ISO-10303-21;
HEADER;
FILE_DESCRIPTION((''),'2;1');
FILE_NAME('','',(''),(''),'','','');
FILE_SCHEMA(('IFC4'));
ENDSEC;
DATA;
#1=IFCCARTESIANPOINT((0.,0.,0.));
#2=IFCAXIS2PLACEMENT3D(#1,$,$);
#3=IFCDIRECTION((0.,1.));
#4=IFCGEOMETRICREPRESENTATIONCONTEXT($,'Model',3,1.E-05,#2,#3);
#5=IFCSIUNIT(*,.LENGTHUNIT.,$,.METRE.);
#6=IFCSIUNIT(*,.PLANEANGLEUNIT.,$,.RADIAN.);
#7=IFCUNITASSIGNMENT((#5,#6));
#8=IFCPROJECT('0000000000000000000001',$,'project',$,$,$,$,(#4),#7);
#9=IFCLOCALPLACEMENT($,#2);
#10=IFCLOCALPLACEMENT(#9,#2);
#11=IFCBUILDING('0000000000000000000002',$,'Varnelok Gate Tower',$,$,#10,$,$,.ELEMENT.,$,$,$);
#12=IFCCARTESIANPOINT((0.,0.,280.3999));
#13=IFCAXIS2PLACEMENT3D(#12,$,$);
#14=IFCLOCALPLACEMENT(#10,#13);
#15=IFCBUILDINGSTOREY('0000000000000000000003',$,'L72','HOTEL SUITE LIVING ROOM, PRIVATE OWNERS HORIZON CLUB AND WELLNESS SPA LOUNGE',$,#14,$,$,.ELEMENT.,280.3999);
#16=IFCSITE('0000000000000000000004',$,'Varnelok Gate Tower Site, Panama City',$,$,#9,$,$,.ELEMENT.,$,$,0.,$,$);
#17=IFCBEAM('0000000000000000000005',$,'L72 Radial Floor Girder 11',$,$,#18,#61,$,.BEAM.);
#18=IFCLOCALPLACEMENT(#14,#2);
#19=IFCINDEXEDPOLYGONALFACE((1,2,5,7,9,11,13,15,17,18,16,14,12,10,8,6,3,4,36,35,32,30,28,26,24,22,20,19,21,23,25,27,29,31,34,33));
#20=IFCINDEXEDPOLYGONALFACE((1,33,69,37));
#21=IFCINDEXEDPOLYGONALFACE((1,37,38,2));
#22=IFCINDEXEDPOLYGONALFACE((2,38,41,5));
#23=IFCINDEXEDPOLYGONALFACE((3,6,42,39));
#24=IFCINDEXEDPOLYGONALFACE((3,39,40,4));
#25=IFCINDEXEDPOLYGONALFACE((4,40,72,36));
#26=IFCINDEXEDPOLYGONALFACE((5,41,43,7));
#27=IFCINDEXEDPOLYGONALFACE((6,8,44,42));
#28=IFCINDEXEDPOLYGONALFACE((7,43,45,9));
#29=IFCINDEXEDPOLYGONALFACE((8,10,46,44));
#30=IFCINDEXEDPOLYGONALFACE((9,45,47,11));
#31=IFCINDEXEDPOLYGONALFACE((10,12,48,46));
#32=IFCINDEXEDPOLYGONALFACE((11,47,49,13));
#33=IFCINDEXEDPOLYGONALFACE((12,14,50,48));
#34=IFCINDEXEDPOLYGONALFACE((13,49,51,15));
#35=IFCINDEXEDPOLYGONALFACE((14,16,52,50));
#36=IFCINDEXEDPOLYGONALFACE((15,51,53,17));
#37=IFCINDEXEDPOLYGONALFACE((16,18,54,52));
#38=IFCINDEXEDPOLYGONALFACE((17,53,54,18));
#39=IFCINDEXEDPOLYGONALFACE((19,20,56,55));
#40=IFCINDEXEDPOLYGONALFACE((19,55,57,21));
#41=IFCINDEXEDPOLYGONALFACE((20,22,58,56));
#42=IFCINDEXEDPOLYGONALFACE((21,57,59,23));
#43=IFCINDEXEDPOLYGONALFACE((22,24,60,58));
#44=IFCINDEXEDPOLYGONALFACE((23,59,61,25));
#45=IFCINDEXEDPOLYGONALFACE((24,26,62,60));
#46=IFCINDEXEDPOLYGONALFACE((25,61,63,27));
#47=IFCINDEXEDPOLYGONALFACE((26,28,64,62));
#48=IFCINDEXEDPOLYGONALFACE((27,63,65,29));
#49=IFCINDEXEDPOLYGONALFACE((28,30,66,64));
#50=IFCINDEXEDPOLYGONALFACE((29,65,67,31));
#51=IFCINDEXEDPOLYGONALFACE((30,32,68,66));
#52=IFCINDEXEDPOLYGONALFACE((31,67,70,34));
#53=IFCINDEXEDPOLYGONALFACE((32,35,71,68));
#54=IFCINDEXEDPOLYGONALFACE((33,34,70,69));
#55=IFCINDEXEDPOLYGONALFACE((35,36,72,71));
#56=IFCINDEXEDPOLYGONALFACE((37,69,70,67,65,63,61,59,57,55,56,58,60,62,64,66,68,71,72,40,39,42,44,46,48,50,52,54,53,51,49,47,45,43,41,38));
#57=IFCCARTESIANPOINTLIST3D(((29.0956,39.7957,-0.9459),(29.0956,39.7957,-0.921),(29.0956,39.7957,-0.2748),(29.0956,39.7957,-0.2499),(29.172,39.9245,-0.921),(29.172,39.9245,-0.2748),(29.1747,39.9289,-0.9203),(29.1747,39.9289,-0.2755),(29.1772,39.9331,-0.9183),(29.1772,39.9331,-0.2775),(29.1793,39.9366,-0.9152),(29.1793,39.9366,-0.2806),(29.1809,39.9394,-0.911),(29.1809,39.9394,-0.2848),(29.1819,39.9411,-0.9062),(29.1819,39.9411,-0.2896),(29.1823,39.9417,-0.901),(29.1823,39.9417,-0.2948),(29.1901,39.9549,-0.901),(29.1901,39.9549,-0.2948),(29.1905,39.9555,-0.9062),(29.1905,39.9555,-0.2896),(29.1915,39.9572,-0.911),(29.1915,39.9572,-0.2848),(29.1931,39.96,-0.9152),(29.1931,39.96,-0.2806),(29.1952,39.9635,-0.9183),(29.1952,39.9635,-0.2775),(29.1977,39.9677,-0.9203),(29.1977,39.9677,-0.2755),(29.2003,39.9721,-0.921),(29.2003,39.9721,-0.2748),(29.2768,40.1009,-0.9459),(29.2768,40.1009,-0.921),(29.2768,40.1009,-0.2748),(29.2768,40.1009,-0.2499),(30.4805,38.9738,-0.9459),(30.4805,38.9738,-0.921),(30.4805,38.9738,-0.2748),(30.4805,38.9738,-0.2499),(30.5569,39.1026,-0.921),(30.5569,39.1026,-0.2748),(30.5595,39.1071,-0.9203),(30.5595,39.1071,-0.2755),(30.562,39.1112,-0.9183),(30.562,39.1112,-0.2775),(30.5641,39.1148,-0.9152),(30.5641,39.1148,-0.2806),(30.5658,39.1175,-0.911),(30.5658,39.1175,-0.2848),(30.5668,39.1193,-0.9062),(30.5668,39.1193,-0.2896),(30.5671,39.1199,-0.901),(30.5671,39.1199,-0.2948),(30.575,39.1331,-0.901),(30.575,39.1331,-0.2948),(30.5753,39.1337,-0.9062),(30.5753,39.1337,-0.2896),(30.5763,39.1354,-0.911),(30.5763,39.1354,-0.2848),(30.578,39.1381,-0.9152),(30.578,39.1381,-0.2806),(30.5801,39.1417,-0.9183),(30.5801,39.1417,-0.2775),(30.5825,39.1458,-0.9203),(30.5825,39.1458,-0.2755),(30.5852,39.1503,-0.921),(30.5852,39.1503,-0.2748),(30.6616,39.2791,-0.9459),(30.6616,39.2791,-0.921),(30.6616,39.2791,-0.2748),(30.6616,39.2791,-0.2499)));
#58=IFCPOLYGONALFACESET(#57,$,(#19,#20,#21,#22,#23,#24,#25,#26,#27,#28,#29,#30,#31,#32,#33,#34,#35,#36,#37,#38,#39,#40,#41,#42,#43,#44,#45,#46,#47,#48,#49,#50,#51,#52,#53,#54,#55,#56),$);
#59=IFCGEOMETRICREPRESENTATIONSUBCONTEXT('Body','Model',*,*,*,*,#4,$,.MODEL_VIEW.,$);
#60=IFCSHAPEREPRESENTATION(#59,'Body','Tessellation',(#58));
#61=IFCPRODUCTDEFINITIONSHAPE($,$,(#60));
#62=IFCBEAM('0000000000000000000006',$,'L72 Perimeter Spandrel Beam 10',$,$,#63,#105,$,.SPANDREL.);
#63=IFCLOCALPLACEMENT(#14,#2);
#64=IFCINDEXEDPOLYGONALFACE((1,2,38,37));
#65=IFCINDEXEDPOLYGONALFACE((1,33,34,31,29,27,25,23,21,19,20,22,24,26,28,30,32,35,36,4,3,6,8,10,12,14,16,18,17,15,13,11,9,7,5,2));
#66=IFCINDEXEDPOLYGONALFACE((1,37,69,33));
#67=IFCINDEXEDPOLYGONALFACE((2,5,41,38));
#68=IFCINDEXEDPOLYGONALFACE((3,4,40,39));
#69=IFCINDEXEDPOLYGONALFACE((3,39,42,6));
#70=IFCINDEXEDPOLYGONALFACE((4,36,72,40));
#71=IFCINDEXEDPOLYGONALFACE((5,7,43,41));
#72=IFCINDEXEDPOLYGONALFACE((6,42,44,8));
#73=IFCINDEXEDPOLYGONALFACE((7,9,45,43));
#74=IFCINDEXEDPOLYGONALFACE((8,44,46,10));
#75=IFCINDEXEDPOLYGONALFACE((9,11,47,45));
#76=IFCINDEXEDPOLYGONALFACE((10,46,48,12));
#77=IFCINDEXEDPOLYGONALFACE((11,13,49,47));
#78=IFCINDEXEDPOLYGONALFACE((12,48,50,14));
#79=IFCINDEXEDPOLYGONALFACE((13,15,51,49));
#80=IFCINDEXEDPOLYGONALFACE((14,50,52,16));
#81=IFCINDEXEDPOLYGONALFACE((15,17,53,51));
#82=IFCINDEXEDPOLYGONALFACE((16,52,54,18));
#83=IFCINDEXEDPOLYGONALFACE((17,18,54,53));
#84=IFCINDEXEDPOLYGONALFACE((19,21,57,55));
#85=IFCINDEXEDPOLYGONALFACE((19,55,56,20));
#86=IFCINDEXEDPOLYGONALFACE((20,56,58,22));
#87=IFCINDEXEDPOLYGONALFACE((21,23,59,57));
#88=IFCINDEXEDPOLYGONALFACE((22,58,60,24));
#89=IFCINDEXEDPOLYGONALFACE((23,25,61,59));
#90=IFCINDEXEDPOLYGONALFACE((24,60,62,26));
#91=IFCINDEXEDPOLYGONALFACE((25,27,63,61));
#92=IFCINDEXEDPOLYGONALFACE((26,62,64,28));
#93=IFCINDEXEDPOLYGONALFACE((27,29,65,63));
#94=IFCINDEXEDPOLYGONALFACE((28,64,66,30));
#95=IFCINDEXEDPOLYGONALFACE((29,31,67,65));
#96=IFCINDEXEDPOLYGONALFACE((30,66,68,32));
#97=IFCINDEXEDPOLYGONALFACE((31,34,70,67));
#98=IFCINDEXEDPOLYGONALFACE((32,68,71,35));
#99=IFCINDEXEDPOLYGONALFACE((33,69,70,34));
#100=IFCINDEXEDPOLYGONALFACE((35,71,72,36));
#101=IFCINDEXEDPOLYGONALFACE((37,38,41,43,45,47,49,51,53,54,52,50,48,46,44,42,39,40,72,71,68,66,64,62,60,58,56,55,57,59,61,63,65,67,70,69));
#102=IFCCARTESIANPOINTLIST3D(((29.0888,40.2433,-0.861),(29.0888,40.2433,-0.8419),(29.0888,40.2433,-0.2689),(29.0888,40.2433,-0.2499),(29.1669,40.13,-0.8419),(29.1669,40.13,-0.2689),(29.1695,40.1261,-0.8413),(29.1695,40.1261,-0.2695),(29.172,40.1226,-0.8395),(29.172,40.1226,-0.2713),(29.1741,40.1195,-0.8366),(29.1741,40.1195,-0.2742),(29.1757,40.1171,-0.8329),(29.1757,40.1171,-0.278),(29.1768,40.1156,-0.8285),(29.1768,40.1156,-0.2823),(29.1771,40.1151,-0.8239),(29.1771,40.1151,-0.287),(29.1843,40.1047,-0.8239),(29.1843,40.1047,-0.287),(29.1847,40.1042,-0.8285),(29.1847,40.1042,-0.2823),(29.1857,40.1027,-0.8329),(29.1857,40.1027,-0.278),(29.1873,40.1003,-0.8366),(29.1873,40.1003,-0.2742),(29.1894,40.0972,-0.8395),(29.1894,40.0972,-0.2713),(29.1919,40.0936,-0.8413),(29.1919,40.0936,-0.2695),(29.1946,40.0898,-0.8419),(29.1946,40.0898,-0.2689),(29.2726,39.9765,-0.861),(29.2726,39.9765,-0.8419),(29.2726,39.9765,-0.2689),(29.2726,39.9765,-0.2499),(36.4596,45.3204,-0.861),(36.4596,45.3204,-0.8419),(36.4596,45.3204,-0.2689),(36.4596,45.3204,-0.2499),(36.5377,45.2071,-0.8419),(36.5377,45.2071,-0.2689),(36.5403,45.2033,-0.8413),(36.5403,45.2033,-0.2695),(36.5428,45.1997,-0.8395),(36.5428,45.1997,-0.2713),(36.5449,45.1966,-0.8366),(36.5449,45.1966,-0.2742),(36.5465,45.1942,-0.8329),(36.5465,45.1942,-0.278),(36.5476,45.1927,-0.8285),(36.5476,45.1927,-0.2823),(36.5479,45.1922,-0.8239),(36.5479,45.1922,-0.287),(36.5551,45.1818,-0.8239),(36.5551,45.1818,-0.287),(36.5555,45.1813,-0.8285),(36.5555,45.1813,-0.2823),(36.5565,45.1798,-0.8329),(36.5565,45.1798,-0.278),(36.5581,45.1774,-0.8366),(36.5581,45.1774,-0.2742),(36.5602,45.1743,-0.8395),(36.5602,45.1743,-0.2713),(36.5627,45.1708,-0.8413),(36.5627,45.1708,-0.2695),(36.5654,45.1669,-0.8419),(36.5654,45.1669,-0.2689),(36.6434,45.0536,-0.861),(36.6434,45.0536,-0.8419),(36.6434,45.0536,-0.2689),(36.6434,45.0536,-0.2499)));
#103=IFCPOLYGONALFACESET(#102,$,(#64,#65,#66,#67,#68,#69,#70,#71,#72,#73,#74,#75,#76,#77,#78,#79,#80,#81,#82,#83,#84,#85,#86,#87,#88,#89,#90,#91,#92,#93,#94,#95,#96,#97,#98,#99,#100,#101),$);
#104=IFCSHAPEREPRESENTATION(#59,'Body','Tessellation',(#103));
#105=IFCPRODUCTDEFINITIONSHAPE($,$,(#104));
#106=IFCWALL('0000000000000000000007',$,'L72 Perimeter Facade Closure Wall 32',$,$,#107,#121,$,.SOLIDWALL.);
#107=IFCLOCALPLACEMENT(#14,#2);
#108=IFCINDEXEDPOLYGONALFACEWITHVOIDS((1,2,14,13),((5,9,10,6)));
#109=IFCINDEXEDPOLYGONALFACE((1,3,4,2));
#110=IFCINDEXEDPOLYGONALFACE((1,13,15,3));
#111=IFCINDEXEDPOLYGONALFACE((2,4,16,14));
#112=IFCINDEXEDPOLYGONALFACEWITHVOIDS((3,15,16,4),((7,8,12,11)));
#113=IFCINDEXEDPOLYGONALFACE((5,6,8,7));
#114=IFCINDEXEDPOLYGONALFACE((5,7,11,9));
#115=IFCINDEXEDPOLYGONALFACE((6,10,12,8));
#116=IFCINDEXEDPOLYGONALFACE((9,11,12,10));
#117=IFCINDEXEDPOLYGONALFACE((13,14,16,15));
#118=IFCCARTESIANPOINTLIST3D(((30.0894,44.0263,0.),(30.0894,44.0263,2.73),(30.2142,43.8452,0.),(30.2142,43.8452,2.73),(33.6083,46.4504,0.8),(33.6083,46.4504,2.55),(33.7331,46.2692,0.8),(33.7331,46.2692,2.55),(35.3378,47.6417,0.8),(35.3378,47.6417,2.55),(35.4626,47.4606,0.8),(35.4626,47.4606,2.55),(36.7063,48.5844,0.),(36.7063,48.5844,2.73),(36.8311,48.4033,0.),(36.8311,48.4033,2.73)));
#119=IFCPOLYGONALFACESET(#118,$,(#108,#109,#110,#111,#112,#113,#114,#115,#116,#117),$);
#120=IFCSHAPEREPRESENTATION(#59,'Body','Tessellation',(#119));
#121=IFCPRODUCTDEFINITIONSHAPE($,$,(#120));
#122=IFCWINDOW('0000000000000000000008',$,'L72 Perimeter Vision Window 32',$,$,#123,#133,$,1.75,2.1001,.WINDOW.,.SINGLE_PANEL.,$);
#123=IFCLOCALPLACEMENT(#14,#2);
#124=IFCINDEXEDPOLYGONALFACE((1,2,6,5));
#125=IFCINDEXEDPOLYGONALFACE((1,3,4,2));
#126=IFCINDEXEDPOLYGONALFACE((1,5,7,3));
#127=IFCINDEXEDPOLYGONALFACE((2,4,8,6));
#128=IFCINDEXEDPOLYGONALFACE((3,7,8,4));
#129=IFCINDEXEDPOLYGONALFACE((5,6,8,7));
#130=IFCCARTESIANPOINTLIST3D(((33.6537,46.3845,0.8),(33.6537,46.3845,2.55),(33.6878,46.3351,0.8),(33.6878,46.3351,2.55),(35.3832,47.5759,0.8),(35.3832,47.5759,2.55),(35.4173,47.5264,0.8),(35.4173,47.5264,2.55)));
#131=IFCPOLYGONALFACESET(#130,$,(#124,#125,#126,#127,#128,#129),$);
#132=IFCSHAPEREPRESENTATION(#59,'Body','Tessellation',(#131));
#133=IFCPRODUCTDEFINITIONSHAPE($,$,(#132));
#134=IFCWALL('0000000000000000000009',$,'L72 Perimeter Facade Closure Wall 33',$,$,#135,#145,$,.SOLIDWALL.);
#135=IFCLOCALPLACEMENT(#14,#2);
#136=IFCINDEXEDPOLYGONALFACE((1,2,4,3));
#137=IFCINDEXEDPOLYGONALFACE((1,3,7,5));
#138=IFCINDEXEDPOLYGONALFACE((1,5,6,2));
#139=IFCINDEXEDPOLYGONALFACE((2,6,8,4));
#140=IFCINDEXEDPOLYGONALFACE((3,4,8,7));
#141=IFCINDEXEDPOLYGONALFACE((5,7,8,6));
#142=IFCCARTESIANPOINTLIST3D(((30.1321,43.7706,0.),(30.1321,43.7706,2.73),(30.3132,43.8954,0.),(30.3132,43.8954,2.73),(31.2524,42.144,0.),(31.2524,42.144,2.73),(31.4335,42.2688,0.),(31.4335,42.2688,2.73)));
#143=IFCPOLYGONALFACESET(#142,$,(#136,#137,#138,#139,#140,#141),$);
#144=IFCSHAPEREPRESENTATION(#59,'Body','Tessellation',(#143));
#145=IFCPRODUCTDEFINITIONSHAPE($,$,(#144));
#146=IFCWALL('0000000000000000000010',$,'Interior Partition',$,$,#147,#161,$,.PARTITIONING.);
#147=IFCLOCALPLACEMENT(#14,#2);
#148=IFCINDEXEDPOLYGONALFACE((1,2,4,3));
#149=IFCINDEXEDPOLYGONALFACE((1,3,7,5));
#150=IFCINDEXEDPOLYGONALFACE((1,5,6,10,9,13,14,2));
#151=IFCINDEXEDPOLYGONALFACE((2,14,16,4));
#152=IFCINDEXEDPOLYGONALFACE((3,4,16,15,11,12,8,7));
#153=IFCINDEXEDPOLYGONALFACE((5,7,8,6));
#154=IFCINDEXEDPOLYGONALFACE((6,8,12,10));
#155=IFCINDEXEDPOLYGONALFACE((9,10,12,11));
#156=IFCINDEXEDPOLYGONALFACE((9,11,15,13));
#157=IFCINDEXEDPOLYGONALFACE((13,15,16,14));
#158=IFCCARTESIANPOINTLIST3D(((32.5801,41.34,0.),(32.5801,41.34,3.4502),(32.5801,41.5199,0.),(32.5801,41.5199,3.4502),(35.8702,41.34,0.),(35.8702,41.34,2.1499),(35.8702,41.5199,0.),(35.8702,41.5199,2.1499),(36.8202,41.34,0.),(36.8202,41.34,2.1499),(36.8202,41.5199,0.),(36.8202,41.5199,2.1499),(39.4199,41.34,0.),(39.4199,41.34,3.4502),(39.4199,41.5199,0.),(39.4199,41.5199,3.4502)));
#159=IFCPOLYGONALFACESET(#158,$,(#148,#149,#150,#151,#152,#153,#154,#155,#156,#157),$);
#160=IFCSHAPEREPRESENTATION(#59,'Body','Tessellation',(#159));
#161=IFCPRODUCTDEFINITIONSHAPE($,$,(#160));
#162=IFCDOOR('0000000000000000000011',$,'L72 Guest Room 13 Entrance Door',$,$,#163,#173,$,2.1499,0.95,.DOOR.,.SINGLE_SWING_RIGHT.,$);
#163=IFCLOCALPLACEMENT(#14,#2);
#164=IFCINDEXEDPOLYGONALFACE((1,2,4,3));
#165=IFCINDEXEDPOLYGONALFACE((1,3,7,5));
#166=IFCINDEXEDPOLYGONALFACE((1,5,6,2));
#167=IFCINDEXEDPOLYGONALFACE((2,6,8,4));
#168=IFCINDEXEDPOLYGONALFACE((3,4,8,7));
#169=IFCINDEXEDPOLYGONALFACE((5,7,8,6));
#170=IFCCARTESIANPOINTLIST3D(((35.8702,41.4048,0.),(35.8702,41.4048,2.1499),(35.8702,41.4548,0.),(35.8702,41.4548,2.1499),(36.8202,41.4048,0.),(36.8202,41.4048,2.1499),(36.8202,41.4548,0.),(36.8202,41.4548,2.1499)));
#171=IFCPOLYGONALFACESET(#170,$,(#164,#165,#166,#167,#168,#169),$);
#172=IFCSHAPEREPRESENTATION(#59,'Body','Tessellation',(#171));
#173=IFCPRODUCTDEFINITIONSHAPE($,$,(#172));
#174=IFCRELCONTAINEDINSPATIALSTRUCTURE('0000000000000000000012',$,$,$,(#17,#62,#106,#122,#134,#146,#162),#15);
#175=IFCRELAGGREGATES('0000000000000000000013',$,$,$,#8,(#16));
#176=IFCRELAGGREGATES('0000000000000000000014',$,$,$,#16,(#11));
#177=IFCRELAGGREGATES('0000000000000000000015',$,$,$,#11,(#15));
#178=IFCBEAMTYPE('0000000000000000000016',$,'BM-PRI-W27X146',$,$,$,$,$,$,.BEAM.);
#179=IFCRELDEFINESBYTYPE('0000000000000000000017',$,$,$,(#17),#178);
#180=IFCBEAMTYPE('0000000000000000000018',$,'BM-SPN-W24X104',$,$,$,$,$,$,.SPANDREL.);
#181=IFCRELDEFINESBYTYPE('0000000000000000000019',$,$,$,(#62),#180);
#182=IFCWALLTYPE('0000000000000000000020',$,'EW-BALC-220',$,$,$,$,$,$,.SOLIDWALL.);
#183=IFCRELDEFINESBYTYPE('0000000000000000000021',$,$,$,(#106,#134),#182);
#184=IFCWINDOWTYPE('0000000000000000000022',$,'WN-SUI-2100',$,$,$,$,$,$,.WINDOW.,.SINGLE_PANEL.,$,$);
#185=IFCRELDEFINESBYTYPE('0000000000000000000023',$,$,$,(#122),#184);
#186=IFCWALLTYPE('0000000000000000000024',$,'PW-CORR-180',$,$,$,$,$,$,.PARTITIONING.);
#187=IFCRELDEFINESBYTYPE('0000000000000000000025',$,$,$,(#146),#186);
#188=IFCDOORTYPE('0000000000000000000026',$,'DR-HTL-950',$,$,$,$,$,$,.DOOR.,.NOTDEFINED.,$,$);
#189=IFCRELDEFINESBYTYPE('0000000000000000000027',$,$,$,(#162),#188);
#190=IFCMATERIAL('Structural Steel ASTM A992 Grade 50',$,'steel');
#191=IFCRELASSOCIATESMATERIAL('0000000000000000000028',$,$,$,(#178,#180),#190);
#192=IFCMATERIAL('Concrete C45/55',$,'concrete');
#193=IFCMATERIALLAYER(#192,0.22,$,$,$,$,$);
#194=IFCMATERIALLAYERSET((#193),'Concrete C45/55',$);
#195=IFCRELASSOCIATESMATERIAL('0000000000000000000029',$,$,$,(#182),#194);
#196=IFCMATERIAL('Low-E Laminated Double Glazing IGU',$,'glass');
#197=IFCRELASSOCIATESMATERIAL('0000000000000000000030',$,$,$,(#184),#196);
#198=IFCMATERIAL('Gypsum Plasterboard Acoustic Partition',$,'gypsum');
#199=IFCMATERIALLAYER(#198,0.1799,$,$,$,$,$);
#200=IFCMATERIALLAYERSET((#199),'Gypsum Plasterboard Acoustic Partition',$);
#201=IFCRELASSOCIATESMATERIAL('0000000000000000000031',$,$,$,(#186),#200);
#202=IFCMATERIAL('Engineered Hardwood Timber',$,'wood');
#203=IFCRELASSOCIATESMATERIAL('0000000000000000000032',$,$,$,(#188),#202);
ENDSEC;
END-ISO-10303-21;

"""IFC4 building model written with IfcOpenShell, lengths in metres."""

from ifc_helpers import new_model, si_unit, direction, frame, frame_2d, origin, origin_2d, place, context, subcontext, project, spatial, rectangle, i_section, extrude, material, layer, layer_set, material_profile, profile_set, type_object, element, fill, save


model = new_model("IFC4")

# Units and contexts
model_context = context("Model", 3, precision=1e-05, world=origin(), true_north=direction((0.0, 1.0)))
body_context = subcontext(model_context, "Body", "Model", "MODEL_VIEW")
ifc_project = project(units=[si_unit("LENGTHUNIT", "METRE"), si_unit("PLANEANGLEUNIT", "RADIAN")], contexts=[model_context])

# Site, building, storey
site_placement = place(None, origin())
site = spatial("IfcSite", under=ifc_project, at=site_placement, Name="Varnelok Gate Tower Site, Panama City", CompositionType="ELEMENT", RefElevation=0.0)
building_placement = place(site_placement, origin())
building = spatial("IfcBuilding", under=site, at=building_placement, Name="Varnelok Gate Tower", CompositionType="ELEMENT")
storey_placement = place(building_placement, frame((0.0, 0.0, 280.3999)))
storey = spatial("IfcBuildingStorey", under=building, at=storey_placement, Name="L72", Description="HOTEL SUITE LIVING ROOM, PRIVATE OWNERS HORIZON CLUB AND WELLNESS SPA LOUNGE", CompositionType="ELEMENT", Elevation=280.3999)

# Shared definitions
ifc_material_1 = material(Name="Structural Steel ASTM A992 Grade 50", Category="steel")

# Beams
ifc_material_profile_1 = material_profile(ifc_material_1, i_section(OverallWidth=0.355, OverallDepth=0.696, WebThickness=0.0154, FlangeThickness=0.0249, FilletRadius=0.02, at=origin_2d()), Name="W27X146")
ifc_profile_set_1 = profile_set([ifc_material_profile_1], Name="Structural Steel ASTM A992 Grade 50")
beam_type_1 = type_object("IfcBeamType", Name="BM-PRI-W27X146", PredefinedType="BEAM", material=ifc_profile_set_1)
beam_1_placement = place(storey_placement, frame((30.571, 39.1265, -0.5979), z_axis=(-0.859971, 0.510343, 0.0), x_axis=(-0.510343, -0.859971, 0.0)))
element("IfcBeam", 1, at=beam_1_placement, inside=storey, type_object=beam_type_1, Name="L72 Radial Floor Girder 11", PredefinedType="BEAM", context=body_context, shape_type="SweptSolid", body=[
    extrude(i_section(OverallWidth=0.355, OverallDepth=0.696, WebThickness=0.0154, FlangeThickness=0.0249, FilletRadius=0.02, at=origin_2d()), origin(), (0.0, 0.0, 1.0), 1.6104),
])
ifc_material_profile_2 = material_profile(ifc_material_1, i_section(OverallWidth=0.324, OverallDepth=0.6111, WebThickness=0.0127, FlangeThickness=0.019, FilletRadius=0.0181, at=origin_2d()), Name="W24X104")
ifc_profile_set_2 = profile_set([ifc_material_profile_2], Name="Structural Steel ASTM A992 Grade 50")
beam_type_2 = type_object("IfcBeamType", Name="BM-SPN-W24X104", PredefinedType="SPANDREL", material=ifc_profile_set_2)
beam_2_placement = place(storey_placement, frame((36.5515, 45.187, -0.5554), z_axis=(-0.823536, -0.567264, 0.0), x_axis=(0.567264, -0.823536, 0.0)))
element("IfcBeam", 2, at=beam_2_placement, inside=storey, type_object=beam_type_2, Name="L72 Perimeter Spandrel Beam 10", PredefinedType="SPANDREL", context=body_context, shape_type="SweptSolid", body=[
    extrude(i_section(OverallWidth=0.324, OverallDepth=0.6111, WebThickness=0.0127, FlangeThickness=0.019, FilletRadius=0.0181, at=origin_2d()), origin(), (0.0, 0.0, 1.0), 8.9502),
])

# Wall, opening, window
ifc_material_2 = material(Name="Concrete C45/55", Category="concrete")
ifc_layer_1 = layer(ifc_material_2, 0.22)
ifc_layer_set_1 = layer_set([ifc_layer_1], Name="Concrete C45/55")
wall_type_1 = type_object("IfcWallType", Name="EW-BALC-220", PredefinedType="SOLIDWALL", material=ifc_layer_set_1)
wall_1_placement = place(storey_placement, frame((36.7688, 48.4939, 0.0), z_axis=(0.0, 0.0, 1.0), x_axis=(-0.823521, -0.567286, 0.0)))
wall_1 = element("IfcWall", 3, at=wall_1_placement, inside=storey, type_object=wall_type_1, Name="L72 Perimeter Facade Closure Wall 32", PredefinedType="SOLIDWALL", context=body_context, shape_type="SweptSolid", body=[
    extrude(rectangle(XDim=8.0349, YDim=0.22, at=frame_2d((4.0176, 0.0))), origin(), (0.0, 0.0, 1.0), 2.73),
])
opening_1_placement = place(wall_1_placement, frame((1.6619, 0.0, 0.8)))
opening_1 = element("IfcOpeningElement", 4, at=opening_1_placement, cuts=wall_1, PredefinedType="OPENING", context=body_context, shape_type="SweptSolid", body=[
    extrude(rectangle(XDim=2.1001, YDim=1.75, at=frame_2d((1.05, 0.875))), frame((0.0, 0.1199, 0.0), z_axis=(0.0, -1.0, 0.0), x_axis=(1.0, 0.0, 0.0)), (0.0, 0.0, 1.0), 0.24),
])
ifc_material_3 = material(Name="Low-E Laminated Double Glazing IGU", Category="glass")
window_type = type_object("IfcWindowType", Name="WN-SUI-2100", PartitioningType="SINGLE_PANEL", PredefinedType="WINDOW", material=ifc_material_3)
window_placement = place(opening_1_placement, origin())
window = element("IfcWindow", 5, at=window_placement, inside=storey, type_object=window_type, Name="L72 Perimeter Vision Window 32", OverallHeight=1.75, OverallWidth=2.1001, PartitioningType="SINGLE_PANEL", PredefinedType="WINDOW", context=body_context, shape_type="SweptSolid", body=[
    extrude(rectangle(XDim=2.1001, YDim=1.75, at=frame_2d((1.05, 0.875))), frame((0.0, 0.03, 0.0), z_axis=(0.0, -1.0, 0.0), x_axis=(1.0, 0.0, 0.0)), (0.0, 0.0, 1.0), 0.0601),
])
fill(opening_1, window)

# Wall
wall_2_placement = place(storey_placement, frame((30.2227, 43.833, 0.0), z_axis=(0.0, 0.0, 1.0), x_axis=(0.567216, -0.823569, 0.0)))
element("IfcWall", 6, at=wall_2_placement, inside=storey, type_object=wall_type_1, Name="L72 Perimeter Facade Closure Wall 33", PredefinedType="SOLIDWALL", context=body_context, shape_type="SweptSolid", body=[
    extrude(rectangle(XDim=1.9751, YDim=0.22, at=frame_2d((0.9875, 0.0))), origin(), (0.0, 0.0, 1.0), 2.73),
])

# Wall, opening, door
ifc_material_4 = material(Name="Gypsum Plasterboard Acoustic Partition", Category="gypsum")
ifc_layer_2 = layer(ifc_material_4, 0.1799)
ifc_layer_set_2 = layer_set([ifc_layer_2], Name="Gypsum Plasterboard Acoustic Partition")
wall_type_2 = type_object("IfcWallType", Name="PW-CORR-180", PredefinedType="PARTITIONING", material=ifc_layer_set_2)
wall_3_placement = place(storey_placement, frame((32.5801, 41.4299, 0.0), z_axis=(0.0, 0.0, 1.0), x_axis=(1.0, 0.0, 0.0)))
wall_3 = element("IfcWall", 7, at=wall_3_placement, inside=storey, type_object=wall_type_2, Name="Interior Partition", PredefinedType="PARTITIONING", context=body_context, shape_type="SweptSolid", body=[
    extrude(rectangle(XDim=6.8398, YDim=0.1799, at=frame_2d((3.4199, 0.0))), origin(), (0.0, 0.0, 1.0), 3.4502),
])
opening_2_placement = place(wall_3_placement, frame((3.29, 0.0, 0.0)))
opening_2 = element("IfcOpeningElement", 8, at=opening_2_placement, cuts=wall_3, PredefinedType="OPENING", context=body_context, shape_type="SweptSolid", body=[
    extrude(rectangle(XDim=0.95, YDim=2.1499, at=frame_2d((0.4751, 1.075))), frame((0.0, 0.0999, 0.0), z_axis=(0.0, -1.0, 0.0), x_axis=(1.0, 0.0, 0.0)), (0.0, 0.0, 1.0), 0.2),
])
ifc_material_5 = material(Name="Engineered Hardwood Timber", Category="wood")
door_type_1 = type_object("IfcDoorType", Name="DR-HTL-950", OperationType="NOTDEFINED", PredefinedType="DOOR", material=ifc_material_5)
door_1_placement = place(opening_2_placement, origin())
door_1 = element("IfcDoor", 9, at=door_1_placement, inside=storey, type_object=door_type_1, Name="L72 Guest Room 13 Entrance Door", OperationType="SINGLE_SWING_RIGHT", OverallHeight=2.1499, OverallWidth=0.95, PredefinedType="DOOR", context=body_context, shape_type="SweptSolid", body=[
    extrude(rectangle(XDim=0.95, YDim=2.1499, at=frame_2d((0.4751, 1.075))), frame((0.0, 0.0249, 0.0), z_axis=(0.0, -1.0, 0.0), x_axis=(1.0, 0.0, 0.0)), (0.0, 0.0, 1.0), 0.05),
])
fill(opening_2, door_1)

save(model, "model.ifc")
